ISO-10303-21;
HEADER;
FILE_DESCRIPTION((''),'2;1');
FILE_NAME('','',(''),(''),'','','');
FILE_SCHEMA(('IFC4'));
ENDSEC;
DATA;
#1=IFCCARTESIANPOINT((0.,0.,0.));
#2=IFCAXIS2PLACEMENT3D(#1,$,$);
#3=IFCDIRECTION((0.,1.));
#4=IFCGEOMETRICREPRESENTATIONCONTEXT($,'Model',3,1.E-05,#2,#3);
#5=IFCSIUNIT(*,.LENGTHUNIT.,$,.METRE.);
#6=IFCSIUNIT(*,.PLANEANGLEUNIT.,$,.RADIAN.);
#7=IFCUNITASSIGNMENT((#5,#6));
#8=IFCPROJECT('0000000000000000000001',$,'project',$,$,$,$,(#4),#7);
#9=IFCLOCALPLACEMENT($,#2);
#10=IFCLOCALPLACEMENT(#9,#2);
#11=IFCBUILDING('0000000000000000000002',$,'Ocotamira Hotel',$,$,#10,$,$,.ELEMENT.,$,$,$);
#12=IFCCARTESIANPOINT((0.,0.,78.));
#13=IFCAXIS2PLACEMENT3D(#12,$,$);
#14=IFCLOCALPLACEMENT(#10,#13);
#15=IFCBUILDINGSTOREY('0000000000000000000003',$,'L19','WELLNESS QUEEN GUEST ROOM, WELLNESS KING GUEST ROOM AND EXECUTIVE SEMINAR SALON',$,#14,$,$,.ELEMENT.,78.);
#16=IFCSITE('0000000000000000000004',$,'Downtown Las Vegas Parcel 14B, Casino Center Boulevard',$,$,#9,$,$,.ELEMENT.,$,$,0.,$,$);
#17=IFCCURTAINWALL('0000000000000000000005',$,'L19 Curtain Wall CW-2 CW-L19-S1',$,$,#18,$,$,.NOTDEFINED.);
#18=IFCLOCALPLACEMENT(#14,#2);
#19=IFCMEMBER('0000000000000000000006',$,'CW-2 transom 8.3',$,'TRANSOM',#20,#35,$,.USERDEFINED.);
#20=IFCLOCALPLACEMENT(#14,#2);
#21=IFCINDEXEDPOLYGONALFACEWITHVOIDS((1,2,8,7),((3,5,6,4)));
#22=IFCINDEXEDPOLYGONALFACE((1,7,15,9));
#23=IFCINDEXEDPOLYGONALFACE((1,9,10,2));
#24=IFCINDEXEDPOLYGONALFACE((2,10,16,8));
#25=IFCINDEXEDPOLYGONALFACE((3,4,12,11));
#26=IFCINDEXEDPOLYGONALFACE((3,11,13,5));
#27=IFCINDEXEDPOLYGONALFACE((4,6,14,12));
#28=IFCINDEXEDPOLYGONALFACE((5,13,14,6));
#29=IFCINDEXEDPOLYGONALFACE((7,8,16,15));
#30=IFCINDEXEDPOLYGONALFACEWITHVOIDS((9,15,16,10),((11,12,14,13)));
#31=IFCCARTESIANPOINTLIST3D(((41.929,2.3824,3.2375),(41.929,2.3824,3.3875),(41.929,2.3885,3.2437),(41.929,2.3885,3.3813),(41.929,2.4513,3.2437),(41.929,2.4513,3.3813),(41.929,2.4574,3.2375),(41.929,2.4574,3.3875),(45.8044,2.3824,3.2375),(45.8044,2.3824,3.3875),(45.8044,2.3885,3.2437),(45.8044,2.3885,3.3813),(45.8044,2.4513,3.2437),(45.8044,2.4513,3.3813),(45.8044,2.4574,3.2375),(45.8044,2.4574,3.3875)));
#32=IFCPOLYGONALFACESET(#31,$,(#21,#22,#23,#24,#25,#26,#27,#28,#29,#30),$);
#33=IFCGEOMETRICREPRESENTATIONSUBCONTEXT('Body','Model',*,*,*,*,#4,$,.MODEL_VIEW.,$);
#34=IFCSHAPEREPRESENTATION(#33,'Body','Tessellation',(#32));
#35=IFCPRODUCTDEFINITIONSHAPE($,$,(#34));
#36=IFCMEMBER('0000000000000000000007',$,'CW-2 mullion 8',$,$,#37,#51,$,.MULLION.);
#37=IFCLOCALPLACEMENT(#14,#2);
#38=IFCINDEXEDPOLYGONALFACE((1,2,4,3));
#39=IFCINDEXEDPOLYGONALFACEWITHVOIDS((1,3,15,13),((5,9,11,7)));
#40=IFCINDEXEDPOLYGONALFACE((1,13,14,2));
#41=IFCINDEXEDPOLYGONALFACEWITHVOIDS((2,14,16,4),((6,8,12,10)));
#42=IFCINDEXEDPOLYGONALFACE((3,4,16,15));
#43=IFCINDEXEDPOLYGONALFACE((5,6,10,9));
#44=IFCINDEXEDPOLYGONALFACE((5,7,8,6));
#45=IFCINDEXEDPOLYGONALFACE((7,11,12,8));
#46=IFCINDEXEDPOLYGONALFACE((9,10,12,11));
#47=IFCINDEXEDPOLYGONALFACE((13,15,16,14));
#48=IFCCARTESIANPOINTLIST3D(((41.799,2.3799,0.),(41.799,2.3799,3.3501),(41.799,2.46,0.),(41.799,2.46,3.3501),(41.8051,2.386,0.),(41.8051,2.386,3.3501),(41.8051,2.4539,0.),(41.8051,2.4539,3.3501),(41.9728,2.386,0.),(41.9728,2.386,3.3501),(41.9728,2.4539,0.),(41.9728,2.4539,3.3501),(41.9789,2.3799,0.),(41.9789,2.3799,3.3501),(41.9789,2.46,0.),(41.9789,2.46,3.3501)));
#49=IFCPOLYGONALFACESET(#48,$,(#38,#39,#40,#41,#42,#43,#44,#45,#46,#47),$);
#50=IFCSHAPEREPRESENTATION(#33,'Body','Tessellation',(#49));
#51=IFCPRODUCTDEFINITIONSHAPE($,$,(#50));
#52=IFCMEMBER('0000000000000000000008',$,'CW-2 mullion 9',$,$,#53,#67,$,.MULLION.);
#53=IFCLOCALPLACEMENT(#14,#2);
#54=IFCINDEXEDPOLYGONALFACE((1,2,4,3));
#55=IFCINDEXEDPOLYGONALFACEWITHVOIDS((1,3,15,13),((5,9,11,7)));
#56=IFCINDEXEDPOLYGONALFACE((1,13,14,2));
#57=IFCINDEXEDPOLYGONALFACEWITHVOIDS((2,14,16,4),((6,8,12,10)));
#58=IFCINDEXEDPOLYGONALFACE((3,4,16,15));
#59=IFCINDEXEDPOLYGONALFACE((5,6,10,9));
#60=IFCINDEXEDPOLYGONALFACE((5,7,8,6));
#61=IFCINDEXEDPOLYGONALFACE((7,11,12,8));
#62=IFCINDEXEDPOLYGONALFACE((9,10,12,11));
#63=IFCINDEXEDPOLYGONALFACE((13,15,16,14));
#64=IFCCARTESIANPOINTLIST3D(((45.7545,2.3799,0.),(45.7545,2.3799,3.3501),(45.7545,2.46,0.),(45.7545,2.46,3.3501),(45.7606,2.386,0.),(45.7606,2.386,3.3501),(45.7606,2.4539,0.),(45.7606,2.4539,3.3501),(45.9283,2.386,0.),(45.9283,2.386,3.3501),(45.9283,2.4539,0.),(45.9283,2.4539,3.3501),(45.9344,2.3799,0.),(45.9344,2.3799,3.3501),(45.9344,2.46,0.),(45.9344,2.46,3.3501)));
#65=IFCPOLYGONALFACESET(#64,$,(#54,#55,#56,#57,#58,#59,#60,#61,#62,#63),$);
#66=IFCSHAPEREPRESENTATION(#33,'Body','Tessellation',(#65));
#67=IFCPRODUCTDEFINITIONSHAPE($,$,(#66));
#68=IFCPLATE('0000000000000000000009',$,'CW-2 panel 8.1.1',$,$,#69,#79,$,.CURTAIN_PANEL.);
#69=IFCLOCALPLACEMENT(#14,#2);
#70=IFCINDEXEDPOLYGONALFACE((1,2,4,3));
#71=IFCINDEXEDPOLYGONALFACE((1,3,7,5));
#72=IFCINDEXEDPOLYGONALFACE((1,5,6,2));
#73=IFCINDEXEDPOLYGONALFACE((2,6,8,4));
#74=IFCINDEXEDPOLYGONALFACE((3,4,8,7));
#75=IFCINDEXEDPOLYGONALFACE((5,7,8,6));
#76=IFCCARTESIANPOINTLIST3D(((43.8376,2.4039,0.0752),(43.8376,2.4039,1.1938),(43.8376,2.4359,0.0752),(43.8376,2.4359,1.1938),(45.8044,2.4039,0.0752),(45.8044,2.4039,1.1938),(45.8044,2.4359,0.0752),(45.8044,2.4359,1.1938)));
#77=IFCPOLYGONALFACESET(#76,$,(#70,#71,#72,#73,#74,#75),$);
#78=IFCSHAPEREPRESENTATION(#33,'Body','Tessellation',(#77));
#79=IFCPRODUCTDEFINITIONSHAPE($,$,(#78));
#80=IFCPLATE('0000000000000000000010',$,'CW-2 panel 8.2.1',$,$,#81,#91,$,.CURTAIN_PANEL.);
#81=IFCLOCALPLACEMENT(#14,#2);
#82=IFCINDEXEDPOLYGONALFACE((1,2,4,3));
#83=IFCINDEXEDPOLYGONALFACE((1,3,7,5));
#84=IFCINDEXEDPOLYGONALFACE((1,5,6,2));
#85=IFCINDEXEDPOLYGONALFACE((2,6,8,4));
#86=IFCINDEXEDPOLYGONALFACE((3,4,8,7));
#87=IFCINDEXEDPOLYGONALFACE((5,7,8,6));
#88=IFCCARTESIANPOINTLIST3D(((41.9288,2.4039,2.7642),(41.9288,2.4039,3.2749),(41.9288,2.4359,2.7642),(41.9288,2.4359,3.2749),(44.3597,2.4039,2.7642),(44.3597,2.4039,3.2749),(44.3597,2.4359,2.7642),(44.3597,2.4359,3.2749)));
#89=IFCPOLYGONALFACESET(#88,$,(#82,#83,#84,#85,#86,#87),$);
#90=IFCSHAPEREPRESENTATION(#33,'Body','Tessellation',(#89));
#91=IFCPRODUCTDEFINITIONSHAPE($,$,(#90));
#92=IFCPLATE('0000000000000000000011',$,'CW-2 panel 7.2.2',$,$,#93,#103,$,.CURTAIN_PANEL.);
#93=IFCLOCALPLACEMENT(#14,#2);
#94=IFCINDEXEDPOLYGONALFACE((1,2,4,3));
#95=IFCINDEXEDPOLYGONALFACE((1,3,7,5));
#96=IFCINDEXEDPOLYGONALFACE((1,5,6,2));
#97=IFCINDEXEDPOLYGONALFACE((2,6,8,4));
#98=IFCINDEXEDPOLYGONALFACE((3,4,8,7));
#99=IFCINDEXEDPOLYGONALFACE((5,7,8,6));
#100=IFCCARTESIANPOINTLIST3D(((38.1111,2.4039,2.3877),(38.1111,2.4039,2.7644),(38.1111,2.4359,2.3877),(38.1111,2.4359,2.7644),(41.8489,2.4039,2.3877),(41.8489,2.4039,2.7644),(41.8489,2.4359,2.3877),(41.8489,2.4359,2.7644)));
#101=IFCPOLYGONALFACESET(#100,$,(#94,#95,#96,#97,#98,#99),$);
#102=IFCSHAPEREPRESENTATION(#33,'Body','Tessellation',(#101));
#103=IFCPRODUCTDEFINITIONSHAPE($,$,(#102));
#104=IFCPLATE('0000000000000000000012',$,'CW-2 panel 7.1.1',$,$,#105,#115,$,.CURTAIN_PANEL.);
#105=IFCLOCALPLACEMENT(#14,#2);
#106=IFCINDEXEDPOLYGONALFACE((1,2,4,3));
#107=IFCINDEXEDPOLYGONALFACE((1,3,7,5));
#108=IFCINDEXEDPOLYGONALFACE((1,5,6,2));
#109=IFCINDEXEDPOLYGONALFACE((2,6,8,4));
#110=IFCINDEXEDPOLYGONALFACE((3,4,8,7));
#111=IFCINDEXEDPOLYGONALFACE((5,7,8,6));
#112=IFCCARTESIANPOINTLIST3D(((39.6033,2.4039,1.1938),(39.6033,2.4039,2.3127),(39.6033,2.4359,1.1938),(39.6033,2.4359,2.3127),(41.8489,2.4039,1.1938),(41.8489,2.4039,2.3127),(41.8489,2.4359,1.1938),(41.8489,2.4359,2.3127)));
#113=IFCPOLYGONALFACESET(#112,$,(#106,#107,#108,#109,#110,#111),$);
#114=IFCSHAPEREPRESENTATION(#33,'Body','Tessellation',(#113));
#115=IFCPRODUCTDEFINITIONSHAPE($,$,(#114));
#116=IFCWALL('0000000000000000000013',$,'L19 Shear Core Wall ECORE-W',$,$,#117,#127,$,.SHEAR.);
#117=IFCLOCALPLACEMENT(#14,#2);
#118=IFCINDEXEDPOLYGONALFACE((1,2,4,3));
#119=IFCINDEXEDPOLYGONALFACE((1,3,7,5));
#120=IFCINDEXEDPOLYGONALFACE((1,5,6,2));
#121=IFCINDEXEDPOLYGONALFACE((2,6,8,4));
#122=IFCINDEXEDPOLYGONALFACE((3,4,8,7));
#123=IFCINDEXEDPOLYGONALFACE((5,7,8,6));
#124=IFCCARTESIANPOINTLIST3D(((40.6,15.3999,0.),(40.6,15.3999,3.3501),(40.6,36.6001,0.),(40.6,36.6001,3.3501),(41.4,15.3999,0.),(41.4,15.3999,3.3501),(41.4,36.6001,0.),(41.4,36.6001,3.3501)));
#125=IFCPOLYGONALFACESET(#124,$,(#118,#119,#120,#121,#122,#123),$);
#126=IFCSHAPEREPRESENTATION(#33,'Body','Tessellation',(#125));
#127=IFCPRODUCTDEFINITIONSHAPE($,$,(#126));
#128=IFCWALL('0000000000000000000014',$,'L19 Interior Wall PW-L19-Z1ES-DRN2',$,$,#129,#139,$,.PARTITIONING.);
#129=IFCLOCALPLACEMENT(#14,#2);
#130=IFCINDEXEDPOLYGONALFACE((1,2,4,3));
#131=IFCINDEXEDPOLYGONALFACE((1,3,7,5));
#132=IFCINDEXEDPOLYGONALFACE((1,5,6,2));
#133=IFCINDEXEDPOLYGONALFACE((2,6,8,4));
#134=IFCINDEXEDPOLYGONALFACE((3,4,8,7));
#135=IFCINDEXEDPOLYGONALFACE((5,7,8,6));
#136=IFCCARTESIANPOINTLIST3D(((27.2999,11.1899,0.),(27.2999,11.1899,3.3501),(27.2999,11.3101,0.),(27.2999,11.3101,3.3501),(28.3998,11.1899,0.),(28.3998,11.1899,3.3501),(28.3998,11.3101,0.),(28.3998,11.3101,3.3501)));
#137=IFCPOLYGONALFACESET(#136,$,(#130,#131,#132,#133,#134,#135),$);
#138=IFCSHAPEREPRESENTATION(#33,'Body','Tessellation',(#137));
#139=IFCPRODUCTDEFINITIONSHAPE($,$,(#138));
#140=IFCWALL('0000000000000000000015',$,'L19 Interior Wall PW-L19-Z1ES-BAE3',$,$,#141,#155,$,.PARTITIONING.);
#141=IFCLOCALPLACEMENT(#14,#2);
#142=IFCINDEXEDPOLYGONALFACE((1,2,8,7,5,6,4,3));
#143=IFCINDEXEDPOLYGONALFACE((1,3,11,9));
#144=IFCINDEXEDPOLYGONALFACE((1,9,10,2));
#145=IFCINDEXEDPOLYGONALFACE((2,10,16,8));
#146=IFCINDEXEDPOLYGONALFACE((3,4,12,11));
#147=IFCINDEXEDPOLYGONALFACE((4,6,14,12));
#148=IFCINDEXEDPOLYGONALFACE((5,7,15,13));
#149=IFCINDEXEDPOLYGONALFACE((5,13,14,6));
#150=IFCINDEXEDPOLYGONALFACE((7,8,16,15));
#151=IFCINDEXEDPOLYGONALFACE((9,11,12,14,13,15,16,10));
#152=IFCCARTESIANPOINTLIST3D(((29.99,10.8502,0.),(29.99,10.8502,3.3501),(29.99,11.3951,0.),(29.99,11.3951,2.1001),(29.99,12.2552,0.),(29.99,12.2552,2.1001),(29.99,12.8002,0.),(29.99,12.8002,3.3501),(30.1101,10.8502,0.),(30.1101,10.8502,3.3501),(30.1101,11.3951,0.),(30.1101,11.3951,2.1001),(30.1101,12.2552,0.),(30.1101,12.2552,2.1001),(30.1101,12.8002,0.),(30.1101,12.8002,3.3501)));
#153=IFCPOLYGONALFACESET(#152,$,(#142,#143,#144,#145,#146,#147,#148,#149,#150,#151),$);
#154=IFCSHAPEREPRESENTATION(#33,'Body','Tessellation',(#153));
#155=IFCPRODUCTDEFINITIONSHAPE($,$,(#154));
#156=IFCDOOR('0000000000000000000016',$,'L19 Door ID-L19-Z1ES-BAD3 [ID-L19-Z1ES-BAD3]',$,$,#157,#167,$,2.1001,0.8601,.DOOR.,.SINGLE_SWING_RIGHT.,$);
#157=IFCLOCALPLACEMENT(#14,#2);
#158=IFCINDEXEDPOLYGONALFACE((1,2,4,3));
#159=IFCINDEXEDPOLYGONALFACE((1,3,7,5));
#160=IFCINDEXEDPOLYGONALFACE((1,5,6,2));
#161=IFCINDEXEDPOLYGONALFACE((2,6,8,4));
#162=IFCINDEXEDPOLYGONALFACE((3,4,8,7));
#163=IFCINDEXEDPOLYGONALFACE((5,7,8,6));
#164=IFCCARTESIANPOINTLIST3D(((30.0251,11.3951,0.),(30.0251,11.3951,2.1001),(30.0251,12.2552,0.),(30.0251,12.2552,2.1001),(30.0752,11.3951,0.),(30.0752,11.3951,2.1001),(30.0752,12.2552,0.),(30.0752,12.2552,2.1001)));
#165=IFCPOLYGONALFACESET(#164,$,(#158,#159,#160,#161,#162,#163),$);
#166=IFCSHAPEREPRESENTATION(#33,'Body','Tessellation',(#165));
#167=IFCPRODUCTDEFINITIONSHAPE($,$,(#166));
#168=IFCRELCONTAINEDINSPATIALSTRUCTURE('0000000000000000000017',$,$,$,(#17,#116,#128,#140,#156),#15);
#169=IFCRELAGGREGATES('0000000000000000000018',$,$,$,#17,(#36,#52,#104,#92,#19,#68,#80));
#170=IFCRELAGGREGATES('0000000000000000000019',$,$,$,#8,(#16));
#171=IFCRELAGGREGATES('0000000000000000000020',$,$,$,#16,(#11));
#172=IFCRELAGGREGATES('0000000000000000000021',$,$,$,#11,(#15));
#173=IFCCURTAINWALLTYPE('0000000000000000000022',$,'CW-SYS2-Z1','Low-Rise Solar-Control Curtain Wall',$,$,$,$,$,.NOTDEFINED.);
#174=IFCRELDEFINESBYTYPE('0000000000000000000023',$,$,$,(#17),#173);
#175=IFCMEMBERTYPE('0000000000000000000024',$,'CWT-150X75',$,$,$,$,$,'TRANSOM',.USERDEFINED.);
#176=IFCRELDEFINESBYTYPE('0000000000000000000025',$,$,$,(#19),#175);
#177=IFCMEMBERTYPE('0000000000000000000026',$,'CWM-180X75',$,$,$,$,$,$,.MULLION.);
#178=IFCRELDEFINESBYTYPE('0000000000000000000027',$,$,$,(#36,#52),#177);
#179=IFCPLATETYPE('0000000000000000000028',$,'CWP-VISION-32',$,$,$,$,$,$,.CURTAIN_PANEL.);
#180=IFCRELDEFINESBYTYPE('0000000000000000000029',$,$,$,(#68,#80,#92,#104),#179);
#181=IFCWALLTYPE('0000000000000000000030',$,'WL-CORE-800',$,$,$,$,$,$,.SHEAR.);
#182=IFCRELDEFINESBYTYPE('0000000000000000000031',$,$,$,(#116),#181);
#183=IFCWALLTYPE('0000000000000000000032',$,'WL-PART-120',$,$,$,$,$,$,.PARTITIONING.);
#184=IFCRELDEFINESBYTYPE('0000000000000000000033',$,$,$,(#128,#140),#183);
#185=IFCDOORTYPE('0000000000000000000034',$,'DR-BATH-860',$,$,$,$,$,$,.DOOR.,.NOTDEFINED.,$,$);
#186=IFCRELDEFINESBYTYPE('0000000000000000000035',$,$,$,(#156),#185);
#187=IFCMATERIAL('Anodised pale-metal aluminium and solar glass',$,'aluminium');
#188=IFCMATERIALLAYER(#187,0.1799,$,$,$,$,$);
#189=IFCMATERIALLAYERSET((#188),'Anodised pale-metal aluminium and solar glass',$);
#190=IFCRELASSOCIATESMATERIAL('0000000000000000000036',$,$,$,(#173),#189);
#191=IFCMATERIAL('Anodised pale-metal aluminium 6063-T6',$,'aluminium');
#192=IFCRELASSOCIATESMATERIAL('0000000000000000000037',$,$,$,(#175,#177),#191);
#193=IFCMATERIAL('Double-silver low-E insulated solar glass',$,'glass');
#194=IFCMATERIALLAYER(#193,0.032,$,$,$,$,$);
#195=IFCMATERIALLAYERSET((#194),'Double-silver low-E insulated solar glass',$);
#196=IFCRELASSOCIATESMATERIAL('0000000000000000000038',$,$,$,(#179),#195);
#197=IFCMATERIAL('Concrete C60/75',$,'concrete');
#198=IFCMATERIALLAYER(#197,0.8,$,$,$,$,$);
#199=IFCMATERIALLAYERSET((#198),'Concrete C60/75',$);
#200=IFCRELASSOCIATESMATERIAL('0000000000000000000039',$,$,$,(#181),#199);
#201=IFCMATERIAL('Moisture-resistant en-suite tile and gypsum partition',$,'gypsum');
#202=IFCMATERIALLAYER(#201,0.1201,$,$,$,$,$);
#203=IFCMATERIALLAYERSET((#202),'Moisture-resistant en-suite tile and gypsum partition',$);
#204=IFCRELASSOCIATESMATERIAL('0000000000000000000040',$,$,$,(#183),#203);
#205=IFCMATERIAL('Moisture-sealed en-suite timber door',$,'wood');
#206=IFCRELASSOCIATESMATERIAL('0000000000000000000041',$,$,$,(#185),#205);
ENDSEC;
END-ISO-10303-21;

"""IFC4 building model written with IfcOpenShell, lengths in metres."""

from ifc_helpers import new_model, si_unit, direction, frame, frame_2d, origin, origin_2d, place, context, subcontext, project, spatial, rectangle, hollow_rectangle, extrude, source, transform, mapped, material, layer, layer_set, material_profile, profile_set, type_object, element, fill, aggregate, save


model = new_model("IFC4")

# Units and contexts
model_context = context("Model", 3, precision=1e-05, world=origin(), true_north=direction((0.0, 1.0)))
body_context = subcontext(model_context, "Body", "Model", "MODEL_VIEW")
ifc_project = project(units=[si_unit("LENGTHUNIT", "METRE"), si_unit("PLANEANGLEUNIT", "RADIAN")], contexts=[model_context])

# Site, building, storey
site_placement = place(None, origin())
site = spatial("IfcSite", under=ifc_project, at=site_placement, Name="Downtown Las Vegas Parcel 14B, Casino Center Boulevard", CompositionType="ELEMENT", RefElevation=0.0)
building_placement = place(site_placement, origin())
building = spatial("IfcBuilding", under=site, at=building_placement, Name="Ocotamira Hotel", CompositionType="ELEMENT")
storey_placement = place(building_placement, frame((0.0, 0.0, 78.0)))
storey = spatial("IfcBuildingStorey", under=building, at=storey_placement, Name="L19", Description="WELLNESS QUEEN GUEST ROOM, WELLNESS KING GUEST ROOM AND EXECUTIVE SEMINAR SALON", CompositionType="ELEMENT", Elevation=78.0)

# Curtain wall, members, plates
ifc_material_1 = material(Name="Anodised pale-metal aluminium and solar glass", Category="aluminium")
ifc_layer_1 = layer(ifc_material_1, 0.1799)
ifc_layer_set_1 = layer_set([ifc_layer_1], Name="Anodised pale-metal aluminium and solar glass")
curtain_wall_type = type_object("IfcCurtainWallType", Name="CW-SYS2-Z1", Description="Low-Rise Solar-Control Curtain Wall", PredefinedType="NOTDEFINED", material=ifc_layer_set_1)
curtain_wall_placement = place(storey_placement, origin())
curtain_wall = element("IfcCurtainWall", 1, at=curtain_wall_placement, inside=storey, type_object=curtain_wall_type, Name="L19 Curtain Wall CW-2 CW-L19-S1", PredefinedType="NOTDEFINED")
ifc_material_2 = material(Name="Anodised pale-metal aluminium 6063-T6", Category="aluminium")
ifc_material_profile_1 = material_profile(ifc_material_2, hollow_rectangle(XDim=0.075, YDim=0.1499, WallThickness=0.0061, at=origin_2d()), Name="HSS150X75X6")
ifc_profile_set_1 = profile_set([ifc_material_profile_1], Name="Anodised pale-metal aluminium 6063-T6")
member_type_1 = type_object("IfcMemberType", Name="CWT-150X75", ElementType="TRANSOM", PredefinedType="USERDEFINED", material=ifc_profile_set_1)
shared_shape_1 = source(origin(), body_context, "Body", "SweptSolid", [
    extrude(hollow_rectangle(XDim=0.075, YDim=0.1499, WallThickness=0.0061, at=origin_2d()), origin(), (0.0, 0.0, 1.0), 3.8755),
])
member_1_placement = place(storey_placement, frame((41.929, 2.4199, 3.3125), z_axis=(1.0, 0.0, 0.0), x_axis=(0.0, 1.0, 0.0)))
member_1 = element("IfcMember", 2, at=member_1_placement, type_object=member_type_1, Name="CW-2 transom 8.3", ObjectType="TRANSOM", PredefinedType="USERDEFINED", context=body_context, shape_type="MappedRepresentation", body=[
    mapped(shared_shape_1, transform((0.0, 0.0, 0.0), scale=1.0)),
])
ifc_material_profile_2 = material_profile(ifc_material_2, hollow_rectangle(XDim=0.0801, YDim=0.1799, WallThickness=0.0061, at=origin_2d()), Name="HSS180X80X6")
ifc_profile_set_2 = profile_set([ifc_material_profile_2], Name="Anodised pale-metal aluminium 6063-T6")
member_type_2 = type_object("IfcMemberType", Name="CWM-180X75", PredefinedType="MULLION", material=ifc_profile_set_2)
shared_shape_2 = source(origin(), body_context, "Body", "SweptSolid", [
    extrude(hollow_rectangle(XDim=0.0801, YDim=0.1799, WallThickness=0.0061, at=origin_2d()), origin(), (0.0, 0.0, 1.0), 3.3501),
])
member_2_placement = place(storey_placement, frame((41.8889, 2.4199, 0.0), z_axis=(0.0, 0.0, 1.0), x_axis=(0.0, 1.0, 0.0)))
member_2 = element("IfcMember", 3, at=member_2_placement, type_object=member_type_2, Name="CW-2 mullion 8", PredefinedType="MULLION", context=body_context, shape_type="MappedRepresentation", body=[
    mapped(shared_shape_2, transform((0.0, 0.0, 0.0), scale=1.0)),
])
member_3_placement = place(storey_placement, frame((45.8445, 2.4199, 0.0), z_axis=(0.0, 0.0, 1.0), x_axis=(0.0, 1.0, 0.0)))
member_3 = element("IfcMember", 4, at=member_3_placement, type_object=member_type_2, Name="CW-2 mullion 9", PredefinedType="MULLION", context=body_context, shape_type="MappedRepresentation", body=[
    mapped(shared_shape_2, transform((0.0, 0.0, 0.0), scale=1.0)),
])
ifc_material_3 = material(Name="Double-silver low-E insulated solar glass", Category="glass")
ifc_layer_2 = layer(ifc_material_3, 0.032)
ifc_layer_set_2 = layer_set([ifc_layer_2], Name="Double-silver low-E insulated solar glass")
plate_type = type_object("IfcPlateType", Name="CWP-VISION-32", PredefinedType="CURTAIN_PANEL", material=ifc_layer_set_2)
shared_shape_3 = source(origin(), body_context, "Body", "SweptSolid", [
    extrude(rectangle(XDim=1.9668, YDim=0.032, at=origin_2d()), origin(), (0.0, 0.0, 1.0), 1.1187),
])
plate_1_placement = place(storey_placement, frame((44.821, 2.4199, 0.0752), z_axis=(0.0, 0.0, 1.0), x_axis=(1.0, 0.0, 0.0)))
plate_1 = element("IfcPlate", 5, at=plate_1_placement, type_object=plate_type, Name="CW-2 panel 8.1.1", PredefinedType="CURTAIN_PANEL", context=body_context, shape_type="MappedRepresentation", body=[
    mapped(shared_shape_3, transform((0.0, 0.0, 0.0), scale=1.0)),
])
shared_shape_4 = source(origin(), body_context, "Body", "SweptSolid", [
    extrude(rectangle(XDim=2.4309, YDim=0.032, at=origin_2d()), origin(), (0.0, 0.0, 1.0), 0.5107),
])
plate_2_placement = place(storey_placement, frame((43.1443, 2.4199, 2.7642), z_axis=(0.0, 0.0, 1.0), x_axis=(1.0, 0.0, 0.0)))
plate_2 = element("IfcPlate", 6, at=plate_2_placement, type_object=plate_type, Name="CW-2 panel 8.2.1", PredefinedType="CURTAIN_PANEL", context=body_context, shape_type="MappedRepresentation", body=[
    mapped(shared_shape_4, transform((0.0, 0.0, 0.0), scale=1.0)),
])
shared_shape_5 = source(origin(), body_context, "Body", "SweptSolid", [
    extrude(rectangle(XDim=3.7378, YDim=0.032, at=origin_2d()), origin(), (0.0, 0.0, 1.0), 0.3767),
])
plate_3_placement = place(storey_placement, frame((39.98, 2.4199, 2.3877), z_axis=(0.0, 0.0, 1.0), x_axis=(1.0, 0.0, 0.0)))
plate_3 = element("IfcPlate", 7, at=plate_3_placement, type_object=plate_type, Name="CW-2 panel 7.2.2", PredefinedType="CURTAIN_PANEL", context=body_context, shape_type="MappedRepresentation", body=[
    mapped(shared_shape_5, transform((0.0, 0.0, 0.0), scale=1.0)),
])
shared_shape_6 = source(origin(), body_context, "Body", "SweptSolid", [
    extrude(rectangle(XDim=2.2456, YDim=0.032, at=origin_2d()), origin(), (0.0, 0.0, 1.0), 1.1189),
])
plate_4_placement = place(storey_placement, frame((40.7261, 2.4199, 1.1938), z_axis=(0.0, 0.0, 1.0), x_axis=(1.0, 0.0, 0.0)))
plate_4 = element("IfcPlate", 8, at=plate_4_placement, type_object=plate_type, Name="CW-2 panel 7.1.1", PredefinedType="CURTAIN_PANEL", context=body_context, shape_type="MappedRepresentation", body=[
    mapped(shared_shape_6, transform((0.0, 0.0, 0.0), scale=1.0)),
])
aggregate(curtain_wall, [member_2, member_3, plate_4, plate_3, member_1, plate_1, plate_2])

# Shared definitions
ifc_material_4 = material(Name="Concrete C60/75", Category="concrete")
ifc_layer_3 = layer(ifc_material_4, 0.8)
ifc_layer_set_3 = layer_set([ifc_layer_3], Name="Concrete C60/75")
wall_type_1 = type_object("IfcWallType", Name="WL-CORE-800", PredefinedType="SHEAR", material=ifc_layer_set_3)

# Walls
wall_1_placement = place(storey_placement, frame((41.0, 15.3999, 0.0), z_axis=(0.0, 0.0, 1.0), x_axis=(0.0, 1.0, 0.0)))
element("IfcWall", 9, at=wall_1_placement, inside=storey, type_object=wall_type_1, Name="L19 Shear Core Wall ECORE-W", PredefinedType="SHEAR", context=body_context, shape_type="SweptSolid", body=[
    extrude(rectangle(XDim=21.2002, YDim=0.8, at=frame_2d((10.6001, 0.0))), origin(), (0.0, 0.0, 1.0), 3.3501),
])
ifc_material_5 = material(Name="Moisture-resistant en-suite tile and gypsum partition", Category="gypsum")
ifc_layer_4 = layer(ifc_material_5, 0.1201)
ifc_layer_set_4 = layer_set([ifc_layer_4], Name="Moisture-resistant en-suite tile and gypsum partition")
wall_type_2 = type_object("IfcWallType", Name="WL-PART-120", PredefinedType="PARTITIONING", material=ifc_layer_set_4)
wall_2_placement = place(storey_placement, frame((27.3, 11.25, 0.0), z_axis=(0.0, 0.0, 1.0), x_axis=(1.0, 0.0, 0.0)))
element("IfcWall", 10, at=wall_2_placement, inside=storey, type_object=wall_type_2, Name="L19 Interior Wall PW-L19-Z1ES-DRN2", PredefinedType="PARTITIONING", context=body_context, shape_type="SweptSolid", body=[
    extrude(rectangle(XDim=1.0999, YDim=0.1201, at=frame_2d((0.5498, 0.0))), origin(), (0.0, 0.0, 1.0), 3.3501),
])

# Wall, opening, door
wall_3_placement = place(storey_placement, frame((30.05, 10.8501, 0.0), z_axis=(0.0, 0.0, 1.0), x_axis=(0.0, 1.0, 0.0)))
wall_3 = element("IfcWall", 11, at=wall_3_placement, inside=storey, type_object=wall_type_2, Name="L19 Interior Wall PW-L19-Z1ES-BAE3", PredefinedType="PARTITIONING", context=body_context, shape_type="SweptSolid", body=[
    extrude(rectangle(XDim=1.95, YDim=0.1201, at=frame_2d((0.9751, 0.0))), origin(), (0.0, 0.0, 1.0), 3.3501),
])
opening_1_placement = place(wall_3_placement, frame((0.5449, 0.0, 0.0)))
opening_1 = element("IfcOpeningElement", 12, at=opening_1_placement, cuts=wall_3, PredefinedType="OPENING", context=body_context, shape_type="SweptSolid", body=[
    extrude(rectangle(XDim=0.8601, YDim=2.1001, at=frame_2d((0.4302, 1.05))), frame((0.0, 0.0701, 0.0), z_axis=(0.0, -1.0, 0.0), x_axis=(1.0, 0.0, 0.0)), (0.0, 0.0, 1.0), 0.1401),
])
ifc_material_6 = material(Name="Moisture-sealed en-suite timber door", Category="wood")
door_type_1 = type_object("IfcDoorType", Name="DR-BATH-860", OperationType="NOTDEFINED", PredefinedType="DOOR", material=ifc_material_6)
shared_shape_7 = source(origin(), body_context, "Body", "SweptSolid", [
    extrude(rectangle(XDim=0.8601, YDim=2.1001, at=frame_2d((0.4302, 1.05))), frame((0.0, 0.0249, 0.0), z_axis=(0.0, -1.0, 0.0), x_axis=(1.0, 0.0, 0.0)), (0.0, 0.0, 1.0), 0.05),
])
door_1_placement = place(opening_1_placement, origin())
door_1 = element("IfcDoor", 13, at=door_1_placement, inside=storey, type_object=door_type_1, Name="L19 Door ID-L19-Z1ES-BAD3 [ID-L19-Z1ES-BAD3]", OperationType="SINGLE_SWING_RIGHT", OverallHeight=2.1001, OverallWidth=0.8601, PredefinedType="DOOR", context=body_context, shape_type="MappedRepresentation", body=[
    mapped(shared_shape_7, transform((0.0, 0.0, 0.0), scale=1.0)),
])
fill(opening_1, door_1)

save(model, "model.ifc")
